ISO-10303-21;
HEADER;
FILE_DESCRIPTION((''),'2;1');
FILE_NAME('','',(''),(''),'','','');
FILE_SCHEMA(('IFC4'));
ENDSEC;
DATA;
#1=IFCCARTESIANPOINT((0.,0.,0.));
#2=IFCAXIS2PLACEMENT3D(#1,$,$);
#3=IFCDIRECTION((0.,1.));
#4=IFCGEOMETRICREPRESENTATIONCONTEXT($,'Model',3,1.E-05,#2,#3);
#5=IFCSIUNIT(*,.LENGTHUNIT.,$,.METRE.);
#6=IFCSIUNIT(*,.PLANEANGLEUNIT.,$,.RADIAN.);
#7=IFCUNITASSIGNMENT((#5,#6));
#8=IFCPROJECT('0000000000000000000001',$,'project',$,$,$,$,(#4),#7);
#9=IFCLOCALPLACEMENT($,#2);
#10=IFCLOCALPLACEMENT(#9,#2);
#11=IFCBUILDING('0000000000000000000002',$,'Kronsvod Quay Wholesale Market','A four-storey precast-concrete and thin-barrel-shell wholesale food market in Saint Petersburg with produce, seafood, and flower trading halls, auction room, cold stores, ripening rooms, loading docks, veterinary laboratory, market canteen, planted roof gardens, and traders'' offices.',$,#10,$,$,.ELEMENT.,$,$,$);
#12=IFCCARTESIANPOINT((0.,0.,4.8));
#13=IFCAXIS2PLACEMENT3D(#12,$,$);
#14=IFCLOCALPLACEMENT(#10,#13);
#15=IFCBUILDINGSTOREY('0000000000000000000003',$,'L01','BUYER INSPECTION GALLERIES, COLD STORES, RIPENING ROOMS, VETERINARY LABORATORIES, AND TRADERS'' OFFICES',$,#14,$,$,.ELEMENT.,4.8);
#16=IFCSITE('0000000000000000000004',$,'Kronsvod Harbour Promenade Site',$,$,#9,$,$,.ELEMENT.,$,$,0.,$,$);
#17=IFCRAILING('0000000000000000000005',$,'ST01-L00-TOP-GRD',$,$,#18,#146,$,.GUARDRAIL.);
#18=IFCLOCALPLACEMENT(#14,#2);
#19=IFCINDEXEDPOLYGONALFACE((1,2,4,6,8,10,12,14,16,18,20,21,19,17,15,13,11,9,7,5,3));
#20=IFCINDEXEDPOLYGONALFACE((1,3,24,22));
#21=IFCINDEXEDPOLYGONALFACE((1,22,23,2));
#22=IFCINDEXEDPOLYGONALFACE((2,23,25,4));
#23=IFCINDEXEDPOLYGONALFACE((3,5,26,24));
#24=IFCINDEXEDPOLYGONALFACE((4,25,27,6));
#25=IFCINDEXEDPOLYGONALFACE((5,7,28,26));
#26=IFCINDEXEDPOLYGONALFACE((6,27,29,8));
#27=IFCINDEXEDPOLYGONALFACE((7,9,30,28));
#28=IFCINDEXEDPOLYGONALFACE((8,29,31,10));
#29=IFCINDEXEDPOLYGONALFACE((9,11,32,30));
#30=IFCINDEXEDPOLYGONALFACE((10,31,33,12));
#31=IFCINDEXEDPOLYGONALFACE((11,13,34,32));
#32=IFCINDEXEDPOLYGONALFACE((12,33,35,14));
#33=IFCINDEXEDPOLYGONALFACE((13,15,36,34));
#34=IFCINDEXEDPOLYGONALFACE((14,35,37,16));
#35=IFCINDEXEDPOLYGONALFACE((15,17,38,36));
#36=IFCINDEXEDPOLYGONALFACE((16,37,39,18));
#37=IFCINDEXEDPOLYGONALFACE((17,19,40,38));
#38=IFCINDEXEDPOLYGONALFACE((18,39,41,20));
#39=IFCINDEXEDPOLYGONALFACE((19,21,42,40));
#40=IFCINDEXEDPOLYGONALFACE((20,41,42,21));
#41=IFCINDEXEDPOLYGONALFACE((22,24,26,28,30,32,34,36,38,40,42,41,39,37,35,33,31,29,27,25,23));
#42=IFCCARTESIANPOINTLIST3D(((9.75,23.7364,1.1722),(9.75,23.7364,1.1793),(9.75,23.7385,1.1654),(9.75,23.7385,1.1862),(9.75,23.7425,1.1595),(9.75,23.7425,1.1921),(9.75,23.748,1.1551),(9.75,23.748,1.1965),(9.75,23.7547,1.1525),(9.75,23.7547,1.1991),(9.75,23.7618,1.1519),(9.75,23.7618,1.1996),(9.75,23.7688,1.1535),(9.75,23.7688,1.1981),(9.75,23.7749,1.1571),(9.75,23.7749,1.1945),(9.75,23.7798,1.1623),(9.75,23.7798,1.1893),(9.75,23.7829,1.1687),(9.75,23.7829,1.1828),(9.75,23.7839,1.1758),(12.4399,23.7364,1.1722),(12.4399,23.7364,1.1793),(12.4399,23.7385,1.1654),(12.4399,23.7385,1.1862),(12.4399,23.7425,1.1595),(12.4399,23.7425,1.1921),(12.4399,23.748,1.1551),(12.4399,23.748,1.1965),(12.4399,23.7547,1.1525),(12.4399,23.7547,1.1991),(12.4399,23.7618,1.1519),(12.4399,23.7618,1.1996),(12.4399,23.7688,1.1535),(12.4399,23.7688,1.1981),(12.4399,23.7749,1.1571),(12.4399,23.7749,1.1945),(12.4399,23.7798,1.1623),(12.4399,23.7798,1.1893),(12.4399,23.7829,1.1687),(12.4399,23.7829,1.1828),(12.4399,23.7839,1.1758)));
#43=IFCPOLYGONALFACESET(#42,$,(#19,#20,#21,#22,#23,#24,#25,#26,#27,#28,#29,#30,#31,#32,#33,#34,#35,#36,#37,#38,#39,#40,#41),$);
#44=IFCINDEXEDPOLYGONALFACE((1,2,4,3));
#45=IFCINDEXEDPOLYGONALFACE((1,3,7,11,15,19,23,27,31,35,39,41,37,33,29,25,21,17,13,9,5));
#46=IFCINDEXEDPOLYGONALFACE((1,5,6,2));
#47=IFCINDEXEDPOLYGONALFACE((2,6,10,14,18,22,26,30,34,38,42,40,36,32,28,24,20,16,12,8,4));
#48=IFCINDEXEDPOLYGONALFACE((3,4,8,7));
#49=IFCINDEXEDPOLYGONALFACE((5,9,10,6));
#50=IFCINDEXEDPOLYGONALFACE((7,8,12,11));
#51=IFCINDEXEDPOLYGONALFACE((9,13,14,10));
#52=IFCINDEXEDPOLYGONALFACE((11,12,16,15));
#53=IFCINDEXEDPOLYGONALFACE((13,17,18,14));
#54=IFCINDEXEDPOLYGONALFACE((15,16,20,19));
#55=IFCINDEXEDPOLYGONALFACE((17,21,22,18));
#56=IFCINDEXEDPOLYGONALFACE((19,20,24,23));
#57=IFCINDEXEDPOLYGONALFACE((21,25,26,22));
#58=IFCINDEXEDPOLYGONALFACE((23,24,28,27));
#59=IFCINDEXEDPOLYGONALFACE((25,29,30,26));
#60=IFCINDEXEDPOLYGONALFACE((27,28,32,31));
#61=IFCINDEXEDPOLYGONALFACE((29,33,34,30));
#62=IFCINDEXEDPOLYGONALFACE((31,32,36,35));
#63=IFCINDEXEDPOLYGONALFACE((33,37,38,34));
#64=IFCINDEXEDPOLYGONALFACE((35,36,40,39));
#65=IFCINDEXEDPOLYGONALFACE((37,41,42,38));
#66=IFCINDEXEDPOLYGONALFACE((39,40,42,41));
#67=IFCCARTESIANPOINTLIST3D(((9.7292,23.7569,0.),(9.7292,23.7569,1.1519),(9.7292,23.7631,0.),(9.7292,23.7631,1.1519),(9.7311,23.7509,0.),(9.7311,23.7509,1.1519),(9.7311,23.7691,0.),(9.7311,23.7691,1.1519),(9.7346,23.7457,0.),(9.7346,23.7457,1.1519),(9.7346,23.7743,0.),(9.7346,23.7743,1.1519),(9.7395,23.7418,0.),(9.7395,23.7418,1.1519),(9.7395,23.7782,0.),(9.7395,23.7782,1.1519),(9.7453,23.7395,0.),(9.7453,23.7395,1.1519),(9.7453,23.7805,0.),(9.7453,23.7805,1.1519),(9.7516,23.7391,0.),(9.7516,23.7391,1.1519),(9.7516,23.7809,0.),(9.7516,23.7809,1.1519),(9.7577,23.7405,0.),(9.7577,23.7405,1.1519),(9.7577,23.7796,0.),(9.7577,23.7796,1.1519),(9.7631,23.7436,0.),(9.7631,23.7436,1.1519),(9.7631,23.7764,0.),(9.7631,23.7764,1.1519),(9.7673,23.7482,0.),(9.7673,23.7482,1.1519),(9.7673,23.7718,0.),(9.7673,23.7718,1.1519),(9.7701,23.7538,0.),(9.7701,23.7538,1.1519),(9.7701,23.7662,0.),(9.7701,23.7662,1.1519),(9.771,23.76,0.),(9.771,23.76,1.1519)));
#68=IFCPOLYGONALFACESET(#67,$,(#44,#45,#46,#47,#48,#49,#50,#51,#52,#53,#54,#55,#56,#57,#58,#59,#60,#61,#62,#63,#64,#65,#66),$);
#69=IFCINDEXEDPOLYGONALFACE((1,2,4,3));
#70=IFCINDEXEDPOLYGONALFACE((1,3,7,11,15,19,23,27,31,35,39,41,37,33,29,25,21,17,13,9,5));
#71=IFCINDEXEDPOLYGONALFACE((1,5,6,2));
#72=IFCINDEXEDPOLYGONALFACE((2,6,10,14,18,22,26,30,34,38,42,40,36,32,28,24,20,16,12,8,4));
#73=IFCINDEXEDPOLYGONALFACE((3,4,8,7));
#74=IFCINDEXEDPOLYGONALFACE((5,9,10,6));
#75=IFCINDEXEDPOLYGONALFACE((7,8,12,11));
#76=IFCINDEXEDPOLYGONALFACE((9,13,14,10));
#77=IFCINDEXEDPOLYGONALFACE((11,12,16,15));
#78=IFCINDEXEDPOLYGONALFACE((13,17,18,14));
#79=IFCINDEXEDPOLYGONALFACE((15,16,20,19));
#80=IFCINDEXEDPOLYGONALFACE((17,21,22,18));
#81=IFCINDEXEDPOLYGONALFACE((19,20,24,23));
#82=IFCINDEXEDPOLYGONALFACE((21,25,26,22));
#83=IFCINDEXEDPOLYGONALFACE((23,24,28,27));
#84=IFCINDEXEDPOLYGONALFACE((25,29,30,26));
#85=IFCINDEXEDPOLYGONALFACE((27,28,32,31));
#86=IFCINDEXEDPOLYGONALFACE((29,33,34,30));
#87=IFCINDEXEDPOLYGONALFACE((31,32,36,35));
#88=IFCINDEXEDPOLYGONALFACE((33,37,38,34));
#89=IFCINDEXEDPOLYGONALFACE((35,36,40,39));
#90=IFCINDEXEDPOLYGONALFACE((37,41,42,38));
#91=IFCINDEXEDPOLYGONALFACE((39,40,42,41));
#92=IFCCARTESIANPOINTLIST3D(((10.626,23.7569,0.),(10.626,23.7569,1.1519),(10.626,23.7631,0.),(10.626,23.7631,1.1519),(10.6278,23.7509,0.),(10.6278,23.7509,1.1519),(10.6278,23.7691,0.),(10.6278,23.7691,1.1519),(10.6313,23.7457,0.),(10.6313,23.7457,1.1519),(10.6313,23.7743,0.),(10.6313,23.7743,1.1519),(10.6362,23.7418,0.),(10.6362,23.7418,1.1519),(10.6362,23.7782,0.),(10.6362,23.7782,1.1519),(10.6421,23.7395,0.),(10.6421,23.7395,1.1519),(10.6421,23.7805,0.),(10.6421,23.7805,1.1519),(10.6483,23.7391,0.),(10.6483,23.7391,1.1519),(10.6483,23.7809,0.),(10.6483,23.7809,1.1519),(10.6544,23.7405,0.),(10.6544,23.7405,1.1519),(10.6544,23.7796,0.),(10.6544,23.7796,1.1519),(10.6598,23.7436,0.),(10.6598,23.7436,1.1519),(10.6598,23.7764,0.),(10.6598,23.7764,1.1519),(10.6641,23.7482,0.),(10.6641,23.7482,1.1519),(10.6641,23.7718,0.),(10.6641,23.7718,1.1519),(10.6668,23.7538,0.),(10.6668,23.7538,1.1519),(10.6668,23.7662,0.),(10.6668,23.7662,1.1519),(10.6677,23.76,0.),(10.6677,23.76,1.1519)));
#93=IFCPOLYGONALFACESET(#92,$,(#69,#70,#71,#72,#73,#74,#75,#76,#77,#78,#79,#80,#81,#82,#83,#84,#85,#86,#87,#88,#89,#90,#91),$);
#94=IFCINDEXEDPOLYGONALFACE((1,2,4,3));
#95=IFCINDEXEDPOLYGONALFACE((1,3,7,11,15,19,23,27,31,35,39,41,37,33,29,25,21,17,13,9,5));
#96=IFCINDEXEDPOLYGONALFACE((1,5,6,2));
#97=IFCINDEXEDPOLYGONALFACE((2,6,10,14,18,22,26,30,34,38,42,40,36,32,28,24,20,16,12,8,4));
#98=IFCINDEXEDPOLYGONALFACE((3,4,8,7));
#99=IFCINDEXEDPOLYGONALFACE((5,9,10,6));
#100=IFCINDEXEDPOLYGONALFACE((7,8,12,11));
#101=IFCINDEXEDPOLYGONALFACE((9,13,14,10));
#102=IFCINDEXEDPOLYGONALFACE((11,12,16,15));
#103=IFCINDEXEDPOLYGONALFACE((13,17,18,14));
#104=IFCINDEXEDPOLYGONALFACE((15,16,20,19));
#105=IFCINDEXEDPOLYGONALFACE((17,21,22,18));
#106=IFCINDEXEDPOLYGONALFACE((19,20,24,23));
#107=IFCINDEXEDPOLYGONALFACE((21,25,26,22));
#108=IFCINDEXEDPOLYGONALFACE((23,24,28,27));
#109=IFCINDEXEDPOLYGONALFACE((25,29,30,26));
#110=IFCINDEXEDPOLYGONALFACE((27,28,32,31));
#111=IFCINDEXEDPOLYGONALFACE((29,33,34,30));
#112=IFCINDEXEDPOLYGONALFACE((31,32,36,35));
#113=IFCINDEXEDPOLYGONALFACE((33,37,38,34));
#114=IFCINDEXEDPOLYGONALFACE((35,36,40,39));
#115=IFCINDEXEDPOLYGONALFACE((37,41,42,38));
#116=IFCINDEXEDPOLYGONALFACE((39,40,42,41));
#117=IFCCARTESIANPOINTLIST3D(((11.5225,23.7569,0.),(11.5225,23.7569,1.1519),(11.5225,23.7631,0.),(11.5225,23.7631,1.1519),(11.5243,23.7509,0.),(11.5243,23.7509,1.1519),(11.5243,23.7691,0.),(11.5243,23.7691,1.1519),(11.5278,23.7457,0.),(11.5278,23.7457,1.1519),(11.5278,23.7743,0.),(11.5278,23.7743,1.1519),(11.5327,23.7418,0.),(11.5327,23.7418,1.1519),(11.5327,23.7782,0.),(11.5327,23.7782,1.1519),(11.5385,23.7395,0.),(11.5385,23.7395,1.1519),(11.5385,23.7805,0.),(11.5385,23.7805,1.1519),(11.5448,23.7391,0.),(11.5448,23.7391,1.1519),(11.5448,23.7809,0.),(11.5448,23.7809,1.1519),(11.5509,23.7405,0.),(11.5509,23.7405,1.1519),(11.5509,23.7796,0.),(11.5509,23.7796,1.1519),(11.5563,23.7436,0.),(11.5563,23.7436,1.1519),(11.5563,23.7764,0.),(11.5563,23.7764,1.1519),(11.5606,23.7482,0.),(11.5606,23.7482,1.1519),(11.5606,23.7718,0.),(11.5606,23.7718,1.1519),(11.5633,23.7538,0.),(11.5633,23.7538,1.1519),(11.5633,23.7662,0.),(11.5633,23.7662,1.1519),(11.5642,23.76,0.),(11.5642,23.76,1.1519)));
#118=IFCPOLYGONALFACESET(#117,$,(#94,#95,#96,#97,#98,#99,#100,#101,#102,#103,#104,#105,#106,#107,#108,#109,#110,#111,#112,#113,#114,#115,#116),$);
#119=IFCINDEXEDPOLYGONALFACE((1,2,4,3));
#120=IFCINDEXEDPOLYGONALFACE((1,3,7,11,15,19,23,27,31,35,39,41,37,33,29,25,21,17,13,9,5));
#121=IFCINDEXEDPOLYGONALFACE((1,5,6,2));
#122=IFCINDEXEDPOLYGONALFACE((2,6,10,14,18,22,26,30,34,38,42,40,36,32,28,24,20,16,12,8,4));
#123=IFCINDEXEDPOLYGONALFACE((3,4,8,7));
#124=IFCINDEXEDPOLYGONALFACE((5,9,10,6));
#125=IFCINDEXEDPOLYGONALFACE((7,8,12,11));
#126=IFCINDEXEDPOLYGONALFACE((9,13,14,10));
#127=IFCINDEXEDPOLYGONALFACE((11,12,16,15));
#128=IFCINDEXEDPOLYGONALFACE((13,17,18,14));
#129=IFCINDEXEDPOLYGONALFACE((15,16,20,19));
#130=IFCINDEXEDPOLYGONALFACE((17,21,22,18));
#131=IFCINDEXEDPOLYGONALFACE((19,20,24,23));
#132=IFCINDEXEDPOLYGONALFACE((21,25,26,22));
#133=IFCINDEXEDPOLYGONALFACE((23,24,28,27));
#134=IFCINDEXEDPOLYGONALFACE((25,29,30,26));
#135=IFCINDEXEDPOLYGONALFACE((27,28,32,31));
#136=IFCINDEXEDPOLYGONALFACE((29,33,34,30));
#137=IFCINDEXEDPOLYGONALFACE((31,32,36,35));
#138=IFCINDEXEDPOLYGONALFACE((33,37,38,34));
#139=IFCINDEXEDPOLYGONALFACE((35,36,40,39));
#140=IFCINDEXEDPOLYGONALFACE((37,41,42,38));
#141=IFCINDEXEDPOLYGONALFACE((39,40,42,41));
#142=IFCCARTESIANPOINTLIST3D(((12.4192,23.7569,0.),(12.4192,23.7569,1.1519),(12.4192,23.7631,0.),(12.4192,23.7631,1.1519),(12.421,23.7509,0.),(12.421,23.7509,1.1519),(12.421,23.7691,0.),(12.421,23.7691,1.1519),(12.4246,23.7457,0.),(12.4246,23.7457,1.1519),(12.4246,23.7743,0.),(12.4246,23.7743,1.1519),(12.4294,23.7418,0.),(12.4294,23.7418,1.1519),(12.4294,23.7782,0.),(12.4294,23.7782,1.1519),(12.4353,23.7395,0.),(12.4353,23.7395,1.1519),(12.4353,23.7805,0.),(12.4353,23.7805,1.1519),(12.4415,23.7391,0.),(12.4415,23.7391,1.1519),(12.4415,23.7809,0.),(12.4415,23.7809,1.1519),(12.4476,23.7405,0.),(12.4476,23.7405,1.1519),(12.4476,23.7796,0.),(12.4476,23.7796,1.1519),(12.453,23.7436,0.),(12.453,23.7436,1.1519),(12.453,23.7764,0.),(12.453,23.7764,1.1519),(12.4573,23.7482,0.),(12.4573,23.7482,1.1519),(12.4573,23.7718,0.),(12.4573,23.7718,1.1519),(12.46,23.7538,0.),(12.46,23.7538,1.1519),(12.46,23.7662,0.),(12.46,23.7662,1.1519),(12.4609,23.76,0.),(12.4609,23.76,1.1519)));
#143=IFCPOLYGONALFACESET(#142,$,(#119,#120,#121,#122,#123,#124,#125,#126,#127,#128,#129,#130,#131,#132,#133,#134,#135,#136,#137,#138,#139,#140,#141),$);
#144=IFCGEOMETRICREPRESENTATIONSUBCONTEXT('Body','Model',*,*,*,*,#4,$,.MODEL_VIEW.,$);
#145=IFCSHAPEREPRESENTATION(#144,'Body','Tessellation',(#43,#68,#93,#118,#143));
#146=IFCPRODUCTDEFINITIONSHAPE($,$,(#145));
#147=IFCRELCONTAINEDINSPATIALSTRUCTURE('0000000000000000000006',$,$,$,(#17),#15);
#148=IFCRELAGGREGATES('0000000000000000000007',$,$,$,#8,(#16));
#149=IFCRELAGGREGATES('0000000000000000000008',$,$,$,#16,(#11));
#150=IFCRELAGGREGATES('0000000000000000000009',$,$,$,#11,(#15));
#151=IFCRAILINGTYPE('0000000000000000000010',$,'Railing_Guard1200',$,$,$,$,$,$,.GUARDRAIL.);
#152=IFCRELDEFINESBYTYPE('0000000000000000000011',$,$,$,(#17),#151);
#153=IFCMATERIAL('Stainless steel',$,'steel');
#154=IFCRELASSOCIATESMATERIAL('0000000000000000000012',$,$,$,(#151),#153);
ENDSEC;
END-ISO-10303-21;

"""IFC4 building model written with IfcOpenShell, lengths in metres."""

from ifc_helpers import new_model, si_unit, direction, frame, origin, origin_2d, place, context, subcontext, project, spatial, circle, extrude, material, type_object, element, save


model = new_model("IFC4")

# Units and contexts
model_context = context("Model", 3, precision=1e-05, world=origin(), true_north=direction((0.0, 1.0)))
body_context = subcontext(model_context, "Body", "Model", "MODEL_VIEW")
ifc_project = project(units=[si_unit("LENGTHUNIT", "METRE"), si_unit("PLANEANGLEUNIT", "RADIAN")], contexts=[model_context])

# Site, building, storey
site_placement = place(None, origin())
site = spatial("IfcSite", under=ifc_project, at=site_placement, Name="Kronsvod Harbour Promenade Site", CompositionType="ELEMENT", RefElevation=0.0)
building_placement = place(site_placement, origin())
building = spatial("IfcBuilding", under=site, at=building_placement, Name="Kronsvod Quay Wholesale Market", Description="A four-storey precast-concrete and thin-barrel-shell wholesale food market in Saint Petersburg with produce, seafood, and flower trading halls, auction room, cold stores, ripening rooms, loading docks, veterinary laboratory, market canteen, planted roof gardens, and traders' offices.", CompositionType="ELEMENT")
storey_placement = place(building_placement, frame((0.0, 0.0, 4.8)))
storey = spatial("IfcBuildingStorey", under=building, at=storey_placement, Name="L01", Description="BUYER INSPECTION GALLERIES, COLD STORES, RIPENING ROOMS, VETERINARY LABORATORIES, AND TRADERS' OFFICES", CompositionType="ELEMENT", Elevation=4.8)

# Railing
ifc_material_1 = material(Name="Stainless steel", Category="steel")
railing_type = type_object("IfcRailingType", Name="Railing_Guard1200", PredefinedType="GUARDRAIL", material=ifc_material_1)
railing_placement = place(storey_placement, frame((9.75, 23.76, 0.0)))
element("IfcRailing", 1, at=railing_placement, inside=storey, type_object=railing_type, Name="ST01-L00-TOP-GRD", PredefinedType="GUARDRAIL", context=body_context, shape_type="SweptSolid", body=[
    extrude(circle(Radius=0.0239, at=origin_2d()), frame((0.0, 0.0, 1.1758), z_axis=(1.0, 0.0, 0.0), x_axis=(0.0, 1.0, 0.0)), (0.0, 0.0, 1.0), 2.6899),
    extrude(circle(Radius=0.021, at=origin_2d()), origin(), (0.0, 0.0, 1.0), 1.1519),
    extrude(circle(Radius=0.021, at=origin_2d()), frame((0.8967, 0.0, 0.0)), (0.0, 0.0, 1.0), 1.1519),
    extrude(circle(Radius=0.021, at=origin_2d()), frame((1.7932, 0.0, 0.0)), (0.0, 0.0, 1.0), 1.1519),
    extrude(circle(Radius=0.021, at=origin_2d()), frame((2.6899, 0.0, 0.0)), (0.0, 0.0, 1.0), 1.1519),
])

save(model, "model.ifc")
